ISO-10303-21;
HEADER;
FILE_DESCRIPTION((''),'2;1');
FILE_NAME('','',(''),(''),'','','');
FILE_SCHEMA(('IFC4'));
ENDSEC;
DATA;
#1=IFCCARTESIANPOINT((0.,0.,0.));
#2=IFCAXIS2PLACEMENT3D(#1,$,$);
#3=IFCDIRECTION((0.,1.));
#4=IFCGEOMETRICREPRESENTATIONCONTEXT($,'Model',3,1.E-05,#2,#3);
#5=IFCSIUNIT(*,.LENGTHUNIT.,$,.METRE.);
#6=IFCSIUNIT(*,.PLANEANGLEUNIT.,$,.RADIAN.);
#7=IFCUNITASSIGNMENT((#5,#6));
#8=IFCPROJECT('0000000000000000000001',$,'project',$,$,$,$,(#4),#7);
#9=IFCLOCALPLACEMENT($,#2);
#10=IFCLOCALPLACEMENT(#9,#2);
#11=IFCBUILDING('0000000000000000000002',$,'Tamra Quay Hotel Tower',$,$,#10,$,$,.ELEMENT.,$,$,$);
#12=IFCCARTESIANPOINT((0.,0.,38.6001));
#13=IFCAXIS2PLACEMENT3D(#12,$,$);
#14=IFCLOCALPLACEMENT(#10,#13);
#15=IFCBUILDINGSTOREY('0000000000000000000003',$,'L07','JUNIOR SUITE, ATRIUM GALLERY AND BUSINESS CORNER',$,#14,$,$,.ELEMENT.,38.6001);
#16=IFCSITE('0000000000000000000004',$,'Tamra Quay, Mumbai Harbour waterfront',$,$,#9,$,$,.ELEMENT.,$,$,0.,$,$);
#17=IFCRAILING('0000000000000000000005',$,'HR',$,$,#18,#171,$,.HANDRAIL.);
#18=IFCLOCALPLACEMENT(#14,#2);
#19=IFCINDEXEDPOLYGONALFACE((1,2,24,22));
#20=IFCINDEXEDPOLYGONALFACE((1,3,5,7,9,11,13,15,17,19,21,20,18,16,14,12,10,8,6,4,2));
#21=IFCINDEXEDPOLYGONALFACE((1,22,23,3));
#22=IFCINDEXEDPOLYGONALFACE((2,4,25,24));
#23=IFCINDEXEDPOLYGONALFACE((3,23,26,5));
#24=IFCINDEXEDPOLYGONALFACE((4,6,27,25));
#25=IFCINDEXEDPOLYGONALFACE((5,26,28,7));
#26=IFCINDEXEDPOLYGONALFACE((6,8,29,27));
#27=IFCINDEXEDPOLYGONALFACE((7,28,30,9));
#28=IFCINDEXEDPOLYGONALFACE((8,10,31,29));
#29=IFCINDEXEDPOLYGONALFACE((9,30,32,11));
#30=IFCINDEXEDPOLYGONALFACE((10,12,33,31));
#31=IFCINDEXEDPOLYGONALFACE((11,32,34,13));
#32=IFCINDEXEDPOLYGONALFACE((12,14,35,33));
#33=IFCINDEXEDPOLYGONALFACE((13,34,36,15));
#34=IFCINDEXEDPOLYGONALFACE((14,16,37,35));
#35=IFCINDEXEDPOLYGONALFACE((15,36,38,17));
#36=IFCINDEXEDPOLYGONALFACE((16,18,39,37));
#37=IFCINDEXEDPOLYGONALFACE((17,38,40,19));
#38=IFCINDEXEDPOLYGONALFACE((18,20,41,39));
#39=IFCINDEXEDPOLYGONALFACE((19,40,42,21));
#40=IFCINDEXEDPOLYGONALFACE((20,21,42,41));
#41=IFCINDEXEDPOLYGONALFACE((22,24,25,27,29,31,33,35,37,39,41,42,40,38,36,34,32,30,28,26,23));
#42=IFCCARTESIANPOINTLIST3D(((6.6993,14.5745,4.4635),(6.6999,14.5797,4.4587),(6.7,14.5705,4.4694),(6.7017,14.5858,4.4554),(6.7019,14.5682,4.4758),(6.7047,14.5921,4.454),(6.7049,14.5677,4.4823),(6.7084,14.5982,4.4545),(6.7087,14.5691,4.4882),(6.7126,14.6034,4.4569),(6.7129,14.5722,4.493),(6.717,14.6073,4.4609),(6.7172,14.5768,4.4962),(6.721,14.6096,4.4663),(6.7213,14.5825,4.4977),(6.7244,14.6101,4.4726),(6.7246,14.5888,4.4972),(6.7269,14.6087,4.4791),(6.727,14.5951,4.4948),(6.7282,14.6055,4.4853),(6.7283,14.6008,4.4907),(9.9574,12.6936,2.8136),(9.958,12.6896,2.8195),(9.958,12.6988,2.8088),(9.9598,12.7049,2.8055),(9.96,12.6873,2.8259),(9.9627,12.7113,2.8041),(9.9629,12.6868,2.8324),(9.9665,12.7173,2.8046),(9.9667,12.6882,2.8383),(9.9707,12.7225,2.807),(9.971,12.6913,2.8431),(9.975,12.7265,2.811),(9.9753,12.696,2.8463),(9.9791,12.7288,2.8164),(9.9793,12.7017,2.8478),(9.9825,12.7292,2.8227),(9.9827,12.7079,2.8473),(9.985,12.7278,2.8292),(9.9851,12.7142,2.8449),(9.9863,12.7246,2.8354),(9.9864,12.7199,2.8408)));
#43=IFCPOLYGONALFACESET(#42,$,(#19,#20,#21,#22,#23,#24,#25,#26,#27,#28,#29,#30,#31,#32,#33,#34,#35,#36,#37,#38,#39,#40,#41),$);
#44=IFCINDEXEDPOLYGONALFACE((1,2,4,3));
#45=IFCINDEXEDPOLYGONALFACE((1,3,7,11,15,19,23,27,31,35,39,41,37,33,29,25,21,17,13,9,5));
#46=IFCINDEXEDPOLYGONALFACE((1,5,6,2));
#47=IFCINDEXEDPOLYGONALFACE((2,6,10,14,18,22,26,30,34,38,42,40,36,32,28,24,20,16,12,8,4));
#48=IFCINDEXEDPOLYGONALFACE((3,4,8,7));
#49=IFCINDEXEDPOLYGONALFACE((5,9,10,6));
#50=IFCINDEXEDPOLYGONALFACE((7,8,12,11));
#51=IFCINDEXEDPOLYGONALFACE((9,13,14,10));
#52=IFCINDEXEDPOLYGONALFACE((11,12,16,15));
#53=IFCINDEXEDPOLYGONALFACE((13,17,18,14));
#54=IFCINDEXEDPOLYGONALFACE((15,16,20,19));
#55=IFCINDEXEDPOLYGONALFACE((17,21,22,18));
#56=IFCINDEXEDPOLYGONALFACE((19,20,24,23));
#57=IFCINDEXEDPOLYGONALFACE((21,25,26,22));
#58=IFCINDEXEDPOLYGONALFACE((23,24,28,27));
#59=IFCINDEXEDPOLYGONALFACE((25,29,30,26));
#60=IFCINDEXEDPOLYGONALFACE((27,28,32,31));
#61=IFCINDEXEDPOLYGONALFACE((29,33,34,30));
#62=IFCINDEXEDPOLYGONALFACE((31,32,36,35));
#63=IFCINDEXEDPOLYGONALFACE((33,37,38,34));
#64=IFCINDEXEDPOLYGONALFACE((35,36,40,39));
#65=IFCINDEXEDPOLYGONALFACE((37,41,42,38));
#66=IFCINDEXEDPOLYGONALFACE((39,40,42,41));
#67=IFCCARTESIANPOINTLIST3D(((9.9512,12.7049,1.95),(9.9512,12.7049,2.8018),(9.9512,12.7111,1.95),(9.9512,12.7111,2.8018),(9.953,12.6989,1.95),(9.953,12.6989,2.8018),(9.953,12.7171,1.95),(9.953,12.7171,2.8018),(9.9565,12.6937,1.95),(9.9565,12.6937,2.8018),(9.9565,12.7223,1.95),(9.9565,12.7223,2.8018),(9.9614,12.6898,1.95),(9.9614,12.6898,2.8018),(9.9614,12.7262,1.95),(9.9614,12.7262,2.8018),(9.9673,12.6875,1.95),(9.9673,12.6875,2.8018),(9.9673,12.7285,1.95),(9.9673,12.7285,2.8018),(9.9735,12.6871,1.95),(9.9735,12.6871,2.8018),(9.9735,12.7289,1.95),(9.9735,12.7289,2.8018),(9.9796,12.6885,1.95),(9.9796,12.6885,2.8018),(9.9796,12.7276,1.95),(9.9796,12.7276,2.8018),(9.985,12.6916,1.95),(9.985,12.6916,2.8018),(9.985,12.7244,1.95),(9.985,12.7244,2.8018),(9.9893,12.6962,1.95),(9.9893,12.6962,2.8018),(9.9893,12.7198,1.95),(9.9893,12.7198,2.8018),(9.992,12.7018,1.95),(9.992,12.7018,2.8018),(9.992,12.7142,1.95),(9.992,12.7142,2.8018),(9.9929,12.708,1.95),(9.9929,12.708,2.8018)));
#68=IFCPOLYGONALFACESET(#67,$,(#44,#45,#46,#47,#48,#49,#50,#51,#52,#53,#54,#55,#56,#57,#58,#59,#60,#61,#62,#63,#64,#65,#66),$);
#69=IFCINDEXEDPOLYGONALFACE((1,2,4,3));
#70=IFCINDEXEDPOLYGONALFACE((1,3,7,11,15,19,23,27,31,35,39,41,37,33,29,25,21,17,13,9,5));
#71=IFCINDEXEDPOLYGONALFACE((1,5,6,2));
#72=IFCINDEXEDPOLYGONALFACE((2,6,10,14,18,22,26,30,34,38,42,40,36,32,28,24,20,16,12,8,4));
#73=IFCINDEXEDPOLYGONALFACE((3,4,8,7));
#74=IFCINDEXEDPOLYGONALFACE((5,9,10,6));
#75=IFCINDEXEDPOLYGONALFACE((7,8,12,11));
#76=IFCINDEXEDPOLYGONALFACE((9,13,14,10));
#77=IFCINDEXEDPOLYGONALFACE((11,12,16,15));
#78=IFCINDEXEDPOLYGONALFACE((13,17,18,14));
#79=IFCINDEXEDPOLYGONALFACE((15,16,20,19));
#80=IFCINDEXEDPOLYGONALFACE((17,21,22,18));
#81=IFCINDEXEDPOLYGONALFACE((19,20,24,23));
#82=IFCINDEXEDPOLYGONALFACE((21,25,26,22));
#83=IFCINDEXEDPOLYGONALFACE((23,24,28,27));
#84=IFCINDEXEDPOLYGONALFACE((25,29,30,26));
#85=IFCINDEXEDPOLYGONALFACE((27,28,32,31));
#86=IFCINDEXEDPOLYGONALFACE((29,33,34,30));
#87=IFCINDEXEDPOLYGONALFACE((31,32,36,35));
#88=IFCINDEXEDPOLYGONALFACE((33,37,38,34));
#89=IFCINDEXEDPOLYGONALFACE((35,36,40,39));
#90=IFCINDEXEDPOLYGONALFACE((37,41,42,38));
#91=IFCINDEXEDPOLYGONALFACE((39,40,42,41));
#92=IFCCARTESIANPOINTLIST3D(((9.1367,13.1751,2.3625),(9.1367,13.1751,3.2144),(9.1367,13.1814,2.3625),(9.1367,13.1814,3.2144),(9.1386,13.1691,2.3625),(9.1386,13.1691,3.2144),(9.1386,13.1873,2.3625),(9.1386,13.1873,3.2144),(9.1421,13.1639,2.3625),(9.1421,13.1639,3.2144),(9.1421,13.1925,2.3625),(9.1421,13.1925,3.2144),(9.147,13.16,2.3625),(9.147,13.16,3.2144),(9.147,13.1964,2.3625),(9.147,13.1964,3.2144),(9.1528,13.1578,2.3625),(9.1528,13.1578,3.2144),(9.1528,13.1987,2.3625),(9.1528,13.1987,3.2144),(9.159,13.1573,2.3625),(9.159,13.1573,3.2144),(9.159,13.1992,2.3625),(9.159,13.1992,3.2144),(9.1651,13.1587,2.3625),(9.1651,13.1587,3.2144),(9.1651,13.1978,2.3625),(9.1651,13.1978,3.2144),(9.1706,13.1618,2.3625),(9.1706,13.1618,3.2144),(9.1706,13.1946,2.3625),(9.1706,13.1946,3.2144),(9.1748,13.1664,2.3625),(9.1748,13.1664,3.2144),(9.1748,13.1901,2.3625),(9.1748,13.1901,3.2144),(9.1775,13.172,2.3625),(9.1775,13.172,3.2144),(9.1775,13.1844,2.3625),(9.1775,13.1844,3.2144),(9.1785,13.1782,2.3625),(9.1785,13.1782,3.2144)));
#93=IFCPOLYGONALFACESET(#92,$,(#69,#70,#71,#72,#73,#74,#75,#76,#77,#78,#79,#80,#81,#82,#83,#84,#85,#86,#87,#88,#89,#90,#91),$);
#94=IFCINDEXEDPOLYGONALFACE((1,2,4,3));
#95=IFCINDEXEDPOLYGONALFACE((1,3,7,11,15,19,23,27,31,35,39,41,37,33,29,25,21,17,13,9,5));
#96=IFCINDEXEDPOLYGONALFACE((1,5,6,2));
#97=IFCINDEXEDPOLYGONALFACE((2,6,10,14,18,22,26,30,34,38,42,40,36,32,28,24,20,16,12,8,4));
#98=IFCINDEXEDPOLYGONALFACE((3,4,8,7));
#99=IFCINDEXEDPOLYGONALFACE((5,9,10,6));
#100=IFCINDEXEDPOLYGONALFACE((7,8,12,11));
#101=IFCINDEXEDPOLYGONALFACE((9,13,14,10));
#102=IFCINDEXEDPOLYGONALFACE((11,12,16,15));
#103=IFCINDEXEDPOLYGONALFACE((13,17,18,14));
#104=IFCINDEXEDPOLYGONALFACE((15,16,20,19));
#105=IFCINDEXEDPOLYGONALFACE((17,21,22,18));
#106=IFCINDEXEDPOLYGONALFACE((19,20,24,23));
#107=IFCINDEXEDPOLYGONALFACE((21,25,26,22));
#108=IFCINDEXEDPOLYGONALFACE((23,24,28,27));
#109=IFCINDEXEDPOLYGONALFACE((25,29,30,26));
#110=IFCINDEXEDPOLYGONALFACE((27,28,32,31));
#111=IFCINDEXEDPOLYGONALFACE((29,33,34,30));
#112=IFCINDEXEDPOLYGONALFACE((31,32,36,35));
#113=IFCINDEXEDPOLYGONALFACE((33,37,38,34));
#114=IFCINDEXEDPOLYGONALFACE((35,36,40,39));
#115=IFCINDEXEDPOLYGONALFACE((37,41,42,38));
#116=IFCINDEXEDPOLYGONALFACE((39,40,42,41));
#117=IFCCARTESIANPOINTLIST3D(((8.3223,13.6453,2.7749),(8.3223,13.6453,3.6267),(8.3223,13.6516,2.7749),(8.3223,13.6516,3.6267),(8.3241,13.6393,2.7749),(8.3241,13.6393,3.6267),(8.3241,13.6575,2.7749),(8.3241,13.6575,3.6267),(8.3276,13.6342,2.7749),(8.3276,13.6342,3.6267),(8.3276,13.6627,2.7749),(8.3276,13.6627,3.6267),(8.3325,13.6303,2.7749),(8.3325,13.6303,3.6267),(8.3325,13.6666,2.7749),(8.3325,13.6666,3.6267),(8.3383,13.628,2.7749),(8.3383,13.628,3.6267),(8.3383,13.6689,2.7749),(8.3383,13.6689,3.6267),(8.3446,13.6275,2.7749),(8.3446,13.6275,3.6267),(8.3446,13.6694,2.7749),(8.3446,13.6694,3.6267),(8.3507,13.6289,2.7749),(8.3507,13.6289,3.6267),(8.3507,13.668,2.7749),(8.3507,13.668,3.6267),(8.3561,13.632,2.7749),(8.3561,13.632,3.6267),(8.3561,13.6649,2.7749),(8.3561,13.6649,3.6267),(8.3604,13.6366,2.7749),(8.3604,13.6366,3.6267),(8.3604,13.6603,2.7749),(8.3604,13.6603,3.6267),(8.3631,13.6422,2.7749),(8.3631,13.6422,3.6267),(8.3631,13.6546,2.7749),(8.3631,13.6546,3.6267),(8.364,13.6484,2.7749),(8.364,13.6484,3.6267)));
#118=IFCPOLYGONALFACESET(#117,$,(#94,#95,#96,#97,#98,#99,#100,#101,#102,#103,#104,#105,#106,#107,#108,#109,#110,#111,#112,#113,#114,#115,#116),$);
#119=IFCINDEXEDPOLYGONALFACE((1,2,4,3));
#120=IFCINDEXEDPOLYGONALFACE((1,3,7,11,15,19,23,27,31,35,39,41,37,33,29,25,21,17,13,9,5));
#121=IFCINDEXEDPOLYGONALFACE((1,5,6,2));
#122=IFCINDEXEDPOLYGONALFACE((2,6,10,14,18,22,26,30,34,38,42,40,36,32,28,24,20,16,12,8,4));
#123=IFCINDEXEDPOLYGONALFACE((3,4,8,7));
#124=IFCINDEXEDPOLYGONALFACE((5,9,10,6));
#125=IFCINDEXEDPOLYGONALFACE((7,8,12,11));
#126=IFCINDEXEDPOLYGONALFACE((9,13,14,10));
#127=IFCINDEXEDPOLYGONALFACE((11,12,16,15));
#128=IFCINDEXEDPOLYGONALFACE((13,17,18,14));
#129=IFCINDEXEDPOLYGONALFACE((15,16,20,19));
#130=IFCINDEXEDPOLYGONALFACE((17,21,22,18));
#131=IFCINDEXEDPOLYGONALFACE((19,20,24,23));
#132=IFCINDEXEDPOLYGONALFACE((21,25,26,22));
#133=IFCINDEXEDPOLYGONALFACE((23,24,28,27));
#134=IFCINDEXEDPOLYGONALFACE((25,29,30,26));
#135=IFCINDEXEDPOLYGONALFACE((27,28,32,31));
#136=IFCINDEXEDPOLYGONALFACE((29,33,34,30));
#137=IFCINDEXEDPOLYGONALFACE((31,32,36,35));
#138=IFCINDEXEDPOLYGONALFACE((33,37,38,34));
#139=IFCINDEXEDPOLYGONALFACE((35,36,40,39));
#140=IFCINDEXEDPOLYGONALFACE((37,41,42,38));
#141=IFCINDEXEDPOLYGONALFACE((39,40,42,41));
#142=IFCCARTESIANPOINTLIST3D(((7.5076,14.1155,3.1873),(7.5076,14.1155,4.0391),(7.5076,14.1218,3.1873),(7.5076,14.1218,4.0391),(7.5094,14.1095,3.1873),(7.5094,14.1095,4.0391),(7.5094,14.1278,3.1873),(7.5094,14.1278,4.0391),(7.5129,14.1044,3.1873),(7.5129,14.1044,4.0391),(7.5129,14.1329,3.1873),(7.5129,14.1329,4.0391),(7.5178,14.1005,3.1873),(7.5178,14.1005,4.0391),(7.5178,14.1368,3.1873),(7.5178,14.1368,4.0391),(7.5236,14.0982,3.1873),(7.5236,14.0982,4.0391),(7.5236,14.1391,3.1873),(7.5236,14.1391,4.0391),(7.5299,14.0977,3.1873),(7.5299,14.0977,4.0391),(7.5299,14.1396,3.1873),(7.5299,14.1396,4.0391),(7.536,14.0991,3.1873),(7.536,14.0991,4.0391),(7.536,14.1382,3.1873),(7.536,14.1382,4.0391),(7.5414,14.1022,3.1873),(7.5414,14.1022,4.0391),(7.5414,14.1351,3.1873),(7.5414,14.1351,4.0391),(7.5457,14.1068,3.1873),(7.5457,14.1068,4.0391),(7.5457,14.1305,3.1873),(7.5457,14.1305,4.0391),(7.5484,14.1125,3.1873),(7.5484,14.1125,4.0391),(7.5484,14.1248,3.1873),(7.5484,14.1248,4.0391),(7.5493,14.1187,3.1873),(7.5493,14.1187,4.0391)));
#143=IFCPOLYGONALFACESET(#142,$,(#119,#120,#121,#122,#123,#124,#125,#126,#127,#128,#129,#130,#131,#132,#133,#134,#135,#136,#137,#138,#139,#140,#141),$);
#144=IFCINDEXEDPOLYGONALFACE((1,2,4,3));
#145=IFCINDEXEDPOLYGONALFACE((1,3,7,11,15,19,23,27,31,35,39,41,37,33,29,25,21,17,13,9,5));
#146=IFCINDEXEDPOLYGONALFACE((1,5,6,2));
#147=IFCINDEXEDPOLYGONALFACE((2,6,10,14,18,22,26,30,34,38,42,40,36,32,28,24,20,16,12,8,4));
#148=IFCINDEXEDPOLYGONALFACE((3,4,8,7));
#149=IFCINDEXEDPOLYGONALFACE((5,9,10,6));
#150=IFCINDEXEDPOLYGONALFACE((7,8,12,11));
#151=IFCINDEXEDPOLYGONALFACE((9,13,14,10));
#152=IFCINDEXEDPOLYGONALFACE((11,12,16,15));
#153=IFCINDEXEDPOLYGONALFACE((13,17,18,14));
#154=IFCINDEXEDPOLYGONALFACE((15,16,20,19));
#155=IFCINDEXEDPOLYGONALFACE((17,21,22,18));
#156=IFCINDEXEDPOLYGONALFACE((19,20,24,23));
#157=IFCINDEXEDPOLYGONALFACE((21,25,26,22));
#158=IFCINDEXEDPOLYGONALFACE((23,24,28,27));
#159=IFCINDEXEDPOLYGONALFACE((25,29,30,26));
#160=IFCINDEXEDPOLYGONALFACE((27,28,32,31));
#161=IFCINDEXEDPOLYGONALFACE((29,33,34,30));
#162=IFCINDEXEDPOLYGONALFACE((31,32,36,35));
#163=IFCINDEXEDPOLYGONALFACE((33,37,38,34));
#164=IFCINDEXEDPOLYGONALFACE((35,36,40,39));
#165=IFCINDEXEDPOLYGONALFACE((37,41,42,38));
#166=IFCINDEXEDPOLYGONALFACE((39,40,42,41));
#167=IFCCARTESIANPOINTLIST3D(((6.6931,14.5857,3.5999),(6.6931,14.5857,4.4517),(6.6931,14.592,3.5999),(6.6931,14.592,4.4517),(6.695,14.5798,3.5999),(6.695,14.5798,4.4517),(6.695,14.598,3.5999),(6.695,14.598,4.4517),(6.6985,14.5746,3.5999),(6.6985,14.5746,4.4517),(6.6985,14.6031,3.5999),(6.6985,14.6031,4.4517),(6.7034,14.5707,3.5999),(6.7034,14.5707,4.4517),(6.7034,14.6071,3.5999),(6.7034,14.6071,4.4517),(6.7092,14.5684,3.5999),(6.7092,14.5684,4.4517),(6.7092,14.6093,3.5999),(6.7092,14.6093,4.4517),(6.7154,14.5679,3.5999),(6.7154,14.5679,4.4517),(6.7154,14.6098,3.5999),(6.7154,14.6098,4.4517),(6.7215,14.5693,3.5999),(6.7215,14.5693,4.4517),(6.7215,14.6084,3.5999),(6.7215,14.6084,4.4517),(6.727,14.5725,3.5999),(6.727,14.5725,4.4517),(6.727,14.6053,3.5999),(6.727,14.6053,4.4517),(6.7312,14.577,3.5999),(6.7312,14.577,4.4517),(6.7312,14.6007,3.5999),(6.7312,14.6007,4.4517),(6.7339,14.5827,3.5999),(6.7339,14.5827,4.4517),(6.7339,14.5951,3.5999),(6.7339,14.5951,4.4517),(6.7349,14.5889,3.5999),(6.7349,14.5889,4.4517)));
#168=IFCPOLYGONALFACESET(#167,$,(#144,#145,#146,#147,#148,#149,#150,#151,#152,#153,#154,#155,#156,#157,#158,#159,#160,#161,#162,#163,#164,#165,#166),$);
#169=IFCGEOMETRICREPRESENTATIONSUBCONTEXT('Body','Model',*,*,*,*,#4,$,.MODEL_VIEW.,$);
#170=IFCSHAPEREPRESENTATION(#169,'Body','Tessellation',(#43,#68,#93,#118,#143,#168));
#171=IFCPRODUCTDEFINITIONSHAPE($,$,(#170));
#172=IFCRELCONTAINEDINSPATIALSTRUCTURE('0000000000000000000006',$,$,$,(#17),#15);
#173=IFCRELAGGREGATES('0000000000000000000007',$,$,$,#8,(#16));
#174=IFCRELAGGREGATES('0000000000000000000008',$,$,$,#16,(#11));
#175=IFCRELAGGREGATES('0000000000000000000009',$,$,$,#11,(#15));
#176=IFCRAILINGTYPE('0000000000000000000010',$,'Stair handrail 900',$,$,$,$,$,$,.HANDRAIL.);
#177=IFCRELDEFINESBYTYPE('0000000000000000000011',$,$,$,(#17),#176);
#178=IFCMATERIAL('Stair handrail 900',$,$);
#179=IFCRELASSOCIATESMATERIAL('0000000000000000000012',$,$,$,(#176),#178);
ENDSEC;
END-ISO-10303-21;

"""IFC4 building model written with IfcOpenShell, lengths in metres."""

from ifc_helpers import new_model, si_unit, direction, frame, origin, origin_2d, place, context, subcontext, project, spatial, circle, extrude, material, type_object, element, save


model = new_model("IFC4")

# Units and contexts
model_context = context("Model", 3, precision=1e-05, world=origin(), true_north=direction((0.0, 1.0)))
body_context = subcontext(model_context, "Body", "Model", "MODEL_VIEW")
ifc_project = project(units=[si_unit("LENGTHUNIT", "METRE"), si_unit("PLANEANGLEUNIT", "RADIAN")], contexts=[model_context])

# Site, building, storey
site_placement = place(None, origin())
site = spatial("IfcSite", under=ifc_project, at=site_placement, Name="Tamra Quay, Mumbai Harbour waterfront", CompositionType="ELEMENT", RefElevation=0.0)
building_placement = place(site_placement, origin())
building = spatial("IfcBuilding", under=site, at=building_placement, Name="Tamra Quay Hotel Tower", CompositionType="ELEMENT")
storey_placement = place(building_placement, frame((0.0, 0.0, 38.6001)))
storey = spatial("IfcBuildingStorey", under=building, at=storey_placement, Name="L07", Description="JUNIOR SUITE, ATRIUM GALLERY AND BUSINESS CORNER", CompositionType="ELEMENT", Elevation=38.6001)

# Railing
ifc_material_1 = material(Name="Stair handrail 900")
railing_type_1 = type_object("IfcRailingType", Name="Stair handrail 900", PredefinedType="HANDRAIL", material=ifc_material_1)
railing_1_placement = place(storey_placement, frame((9.9719, 12.708, 1.95)))
element("IfcRailing", 1, at=railing_1_placement, inside=storey, type_object=railing_type_1, Name="HR", PredefinedType="HANDRAIL", context=body_context, shape_type="SweptSolid", body=[
    extrude(circle(Radius=0.0239, at=origin_2d()), frame((0.0, 0.0, 0.876), z_axis=(-0.793122, 0.457865, 0.401642), x_axis=(-0.499964, -0.866046, 0.0)), (0.0, 0.0, 1.0), 4.1079),
    extrude(circle(Radius=0.021, at=origin_2d()), origin(), (0.0, 0.0, 1.0), 0.8518),
    extrude(circle(Radius=0.021, at=origin_2d()), frame((-0.8145, 0.4702, 0.4126)), (0.0, 0.0, 1.0), 0.8518),
    extrude(circle(Radius=0.021, at=origin_2d()), frame((-1.6289, 0.9404, 0.825)), (0.0, 0.0, 1.0), 0.8518),
    extrude(circle(Radius=0.021, at=origin_2d()), frame((-2.4436, 1.4106, 1.2373)), (0.0, 0.0, 1.0), 0.8518),
    extrude(circle(Radius=0.021, at=origin_2d()), frame((-3.2581, 1.8809, 1.6499)), (0.0, 0.0, 1.0), 0.8518),
])

save(model, "model.ifc")
